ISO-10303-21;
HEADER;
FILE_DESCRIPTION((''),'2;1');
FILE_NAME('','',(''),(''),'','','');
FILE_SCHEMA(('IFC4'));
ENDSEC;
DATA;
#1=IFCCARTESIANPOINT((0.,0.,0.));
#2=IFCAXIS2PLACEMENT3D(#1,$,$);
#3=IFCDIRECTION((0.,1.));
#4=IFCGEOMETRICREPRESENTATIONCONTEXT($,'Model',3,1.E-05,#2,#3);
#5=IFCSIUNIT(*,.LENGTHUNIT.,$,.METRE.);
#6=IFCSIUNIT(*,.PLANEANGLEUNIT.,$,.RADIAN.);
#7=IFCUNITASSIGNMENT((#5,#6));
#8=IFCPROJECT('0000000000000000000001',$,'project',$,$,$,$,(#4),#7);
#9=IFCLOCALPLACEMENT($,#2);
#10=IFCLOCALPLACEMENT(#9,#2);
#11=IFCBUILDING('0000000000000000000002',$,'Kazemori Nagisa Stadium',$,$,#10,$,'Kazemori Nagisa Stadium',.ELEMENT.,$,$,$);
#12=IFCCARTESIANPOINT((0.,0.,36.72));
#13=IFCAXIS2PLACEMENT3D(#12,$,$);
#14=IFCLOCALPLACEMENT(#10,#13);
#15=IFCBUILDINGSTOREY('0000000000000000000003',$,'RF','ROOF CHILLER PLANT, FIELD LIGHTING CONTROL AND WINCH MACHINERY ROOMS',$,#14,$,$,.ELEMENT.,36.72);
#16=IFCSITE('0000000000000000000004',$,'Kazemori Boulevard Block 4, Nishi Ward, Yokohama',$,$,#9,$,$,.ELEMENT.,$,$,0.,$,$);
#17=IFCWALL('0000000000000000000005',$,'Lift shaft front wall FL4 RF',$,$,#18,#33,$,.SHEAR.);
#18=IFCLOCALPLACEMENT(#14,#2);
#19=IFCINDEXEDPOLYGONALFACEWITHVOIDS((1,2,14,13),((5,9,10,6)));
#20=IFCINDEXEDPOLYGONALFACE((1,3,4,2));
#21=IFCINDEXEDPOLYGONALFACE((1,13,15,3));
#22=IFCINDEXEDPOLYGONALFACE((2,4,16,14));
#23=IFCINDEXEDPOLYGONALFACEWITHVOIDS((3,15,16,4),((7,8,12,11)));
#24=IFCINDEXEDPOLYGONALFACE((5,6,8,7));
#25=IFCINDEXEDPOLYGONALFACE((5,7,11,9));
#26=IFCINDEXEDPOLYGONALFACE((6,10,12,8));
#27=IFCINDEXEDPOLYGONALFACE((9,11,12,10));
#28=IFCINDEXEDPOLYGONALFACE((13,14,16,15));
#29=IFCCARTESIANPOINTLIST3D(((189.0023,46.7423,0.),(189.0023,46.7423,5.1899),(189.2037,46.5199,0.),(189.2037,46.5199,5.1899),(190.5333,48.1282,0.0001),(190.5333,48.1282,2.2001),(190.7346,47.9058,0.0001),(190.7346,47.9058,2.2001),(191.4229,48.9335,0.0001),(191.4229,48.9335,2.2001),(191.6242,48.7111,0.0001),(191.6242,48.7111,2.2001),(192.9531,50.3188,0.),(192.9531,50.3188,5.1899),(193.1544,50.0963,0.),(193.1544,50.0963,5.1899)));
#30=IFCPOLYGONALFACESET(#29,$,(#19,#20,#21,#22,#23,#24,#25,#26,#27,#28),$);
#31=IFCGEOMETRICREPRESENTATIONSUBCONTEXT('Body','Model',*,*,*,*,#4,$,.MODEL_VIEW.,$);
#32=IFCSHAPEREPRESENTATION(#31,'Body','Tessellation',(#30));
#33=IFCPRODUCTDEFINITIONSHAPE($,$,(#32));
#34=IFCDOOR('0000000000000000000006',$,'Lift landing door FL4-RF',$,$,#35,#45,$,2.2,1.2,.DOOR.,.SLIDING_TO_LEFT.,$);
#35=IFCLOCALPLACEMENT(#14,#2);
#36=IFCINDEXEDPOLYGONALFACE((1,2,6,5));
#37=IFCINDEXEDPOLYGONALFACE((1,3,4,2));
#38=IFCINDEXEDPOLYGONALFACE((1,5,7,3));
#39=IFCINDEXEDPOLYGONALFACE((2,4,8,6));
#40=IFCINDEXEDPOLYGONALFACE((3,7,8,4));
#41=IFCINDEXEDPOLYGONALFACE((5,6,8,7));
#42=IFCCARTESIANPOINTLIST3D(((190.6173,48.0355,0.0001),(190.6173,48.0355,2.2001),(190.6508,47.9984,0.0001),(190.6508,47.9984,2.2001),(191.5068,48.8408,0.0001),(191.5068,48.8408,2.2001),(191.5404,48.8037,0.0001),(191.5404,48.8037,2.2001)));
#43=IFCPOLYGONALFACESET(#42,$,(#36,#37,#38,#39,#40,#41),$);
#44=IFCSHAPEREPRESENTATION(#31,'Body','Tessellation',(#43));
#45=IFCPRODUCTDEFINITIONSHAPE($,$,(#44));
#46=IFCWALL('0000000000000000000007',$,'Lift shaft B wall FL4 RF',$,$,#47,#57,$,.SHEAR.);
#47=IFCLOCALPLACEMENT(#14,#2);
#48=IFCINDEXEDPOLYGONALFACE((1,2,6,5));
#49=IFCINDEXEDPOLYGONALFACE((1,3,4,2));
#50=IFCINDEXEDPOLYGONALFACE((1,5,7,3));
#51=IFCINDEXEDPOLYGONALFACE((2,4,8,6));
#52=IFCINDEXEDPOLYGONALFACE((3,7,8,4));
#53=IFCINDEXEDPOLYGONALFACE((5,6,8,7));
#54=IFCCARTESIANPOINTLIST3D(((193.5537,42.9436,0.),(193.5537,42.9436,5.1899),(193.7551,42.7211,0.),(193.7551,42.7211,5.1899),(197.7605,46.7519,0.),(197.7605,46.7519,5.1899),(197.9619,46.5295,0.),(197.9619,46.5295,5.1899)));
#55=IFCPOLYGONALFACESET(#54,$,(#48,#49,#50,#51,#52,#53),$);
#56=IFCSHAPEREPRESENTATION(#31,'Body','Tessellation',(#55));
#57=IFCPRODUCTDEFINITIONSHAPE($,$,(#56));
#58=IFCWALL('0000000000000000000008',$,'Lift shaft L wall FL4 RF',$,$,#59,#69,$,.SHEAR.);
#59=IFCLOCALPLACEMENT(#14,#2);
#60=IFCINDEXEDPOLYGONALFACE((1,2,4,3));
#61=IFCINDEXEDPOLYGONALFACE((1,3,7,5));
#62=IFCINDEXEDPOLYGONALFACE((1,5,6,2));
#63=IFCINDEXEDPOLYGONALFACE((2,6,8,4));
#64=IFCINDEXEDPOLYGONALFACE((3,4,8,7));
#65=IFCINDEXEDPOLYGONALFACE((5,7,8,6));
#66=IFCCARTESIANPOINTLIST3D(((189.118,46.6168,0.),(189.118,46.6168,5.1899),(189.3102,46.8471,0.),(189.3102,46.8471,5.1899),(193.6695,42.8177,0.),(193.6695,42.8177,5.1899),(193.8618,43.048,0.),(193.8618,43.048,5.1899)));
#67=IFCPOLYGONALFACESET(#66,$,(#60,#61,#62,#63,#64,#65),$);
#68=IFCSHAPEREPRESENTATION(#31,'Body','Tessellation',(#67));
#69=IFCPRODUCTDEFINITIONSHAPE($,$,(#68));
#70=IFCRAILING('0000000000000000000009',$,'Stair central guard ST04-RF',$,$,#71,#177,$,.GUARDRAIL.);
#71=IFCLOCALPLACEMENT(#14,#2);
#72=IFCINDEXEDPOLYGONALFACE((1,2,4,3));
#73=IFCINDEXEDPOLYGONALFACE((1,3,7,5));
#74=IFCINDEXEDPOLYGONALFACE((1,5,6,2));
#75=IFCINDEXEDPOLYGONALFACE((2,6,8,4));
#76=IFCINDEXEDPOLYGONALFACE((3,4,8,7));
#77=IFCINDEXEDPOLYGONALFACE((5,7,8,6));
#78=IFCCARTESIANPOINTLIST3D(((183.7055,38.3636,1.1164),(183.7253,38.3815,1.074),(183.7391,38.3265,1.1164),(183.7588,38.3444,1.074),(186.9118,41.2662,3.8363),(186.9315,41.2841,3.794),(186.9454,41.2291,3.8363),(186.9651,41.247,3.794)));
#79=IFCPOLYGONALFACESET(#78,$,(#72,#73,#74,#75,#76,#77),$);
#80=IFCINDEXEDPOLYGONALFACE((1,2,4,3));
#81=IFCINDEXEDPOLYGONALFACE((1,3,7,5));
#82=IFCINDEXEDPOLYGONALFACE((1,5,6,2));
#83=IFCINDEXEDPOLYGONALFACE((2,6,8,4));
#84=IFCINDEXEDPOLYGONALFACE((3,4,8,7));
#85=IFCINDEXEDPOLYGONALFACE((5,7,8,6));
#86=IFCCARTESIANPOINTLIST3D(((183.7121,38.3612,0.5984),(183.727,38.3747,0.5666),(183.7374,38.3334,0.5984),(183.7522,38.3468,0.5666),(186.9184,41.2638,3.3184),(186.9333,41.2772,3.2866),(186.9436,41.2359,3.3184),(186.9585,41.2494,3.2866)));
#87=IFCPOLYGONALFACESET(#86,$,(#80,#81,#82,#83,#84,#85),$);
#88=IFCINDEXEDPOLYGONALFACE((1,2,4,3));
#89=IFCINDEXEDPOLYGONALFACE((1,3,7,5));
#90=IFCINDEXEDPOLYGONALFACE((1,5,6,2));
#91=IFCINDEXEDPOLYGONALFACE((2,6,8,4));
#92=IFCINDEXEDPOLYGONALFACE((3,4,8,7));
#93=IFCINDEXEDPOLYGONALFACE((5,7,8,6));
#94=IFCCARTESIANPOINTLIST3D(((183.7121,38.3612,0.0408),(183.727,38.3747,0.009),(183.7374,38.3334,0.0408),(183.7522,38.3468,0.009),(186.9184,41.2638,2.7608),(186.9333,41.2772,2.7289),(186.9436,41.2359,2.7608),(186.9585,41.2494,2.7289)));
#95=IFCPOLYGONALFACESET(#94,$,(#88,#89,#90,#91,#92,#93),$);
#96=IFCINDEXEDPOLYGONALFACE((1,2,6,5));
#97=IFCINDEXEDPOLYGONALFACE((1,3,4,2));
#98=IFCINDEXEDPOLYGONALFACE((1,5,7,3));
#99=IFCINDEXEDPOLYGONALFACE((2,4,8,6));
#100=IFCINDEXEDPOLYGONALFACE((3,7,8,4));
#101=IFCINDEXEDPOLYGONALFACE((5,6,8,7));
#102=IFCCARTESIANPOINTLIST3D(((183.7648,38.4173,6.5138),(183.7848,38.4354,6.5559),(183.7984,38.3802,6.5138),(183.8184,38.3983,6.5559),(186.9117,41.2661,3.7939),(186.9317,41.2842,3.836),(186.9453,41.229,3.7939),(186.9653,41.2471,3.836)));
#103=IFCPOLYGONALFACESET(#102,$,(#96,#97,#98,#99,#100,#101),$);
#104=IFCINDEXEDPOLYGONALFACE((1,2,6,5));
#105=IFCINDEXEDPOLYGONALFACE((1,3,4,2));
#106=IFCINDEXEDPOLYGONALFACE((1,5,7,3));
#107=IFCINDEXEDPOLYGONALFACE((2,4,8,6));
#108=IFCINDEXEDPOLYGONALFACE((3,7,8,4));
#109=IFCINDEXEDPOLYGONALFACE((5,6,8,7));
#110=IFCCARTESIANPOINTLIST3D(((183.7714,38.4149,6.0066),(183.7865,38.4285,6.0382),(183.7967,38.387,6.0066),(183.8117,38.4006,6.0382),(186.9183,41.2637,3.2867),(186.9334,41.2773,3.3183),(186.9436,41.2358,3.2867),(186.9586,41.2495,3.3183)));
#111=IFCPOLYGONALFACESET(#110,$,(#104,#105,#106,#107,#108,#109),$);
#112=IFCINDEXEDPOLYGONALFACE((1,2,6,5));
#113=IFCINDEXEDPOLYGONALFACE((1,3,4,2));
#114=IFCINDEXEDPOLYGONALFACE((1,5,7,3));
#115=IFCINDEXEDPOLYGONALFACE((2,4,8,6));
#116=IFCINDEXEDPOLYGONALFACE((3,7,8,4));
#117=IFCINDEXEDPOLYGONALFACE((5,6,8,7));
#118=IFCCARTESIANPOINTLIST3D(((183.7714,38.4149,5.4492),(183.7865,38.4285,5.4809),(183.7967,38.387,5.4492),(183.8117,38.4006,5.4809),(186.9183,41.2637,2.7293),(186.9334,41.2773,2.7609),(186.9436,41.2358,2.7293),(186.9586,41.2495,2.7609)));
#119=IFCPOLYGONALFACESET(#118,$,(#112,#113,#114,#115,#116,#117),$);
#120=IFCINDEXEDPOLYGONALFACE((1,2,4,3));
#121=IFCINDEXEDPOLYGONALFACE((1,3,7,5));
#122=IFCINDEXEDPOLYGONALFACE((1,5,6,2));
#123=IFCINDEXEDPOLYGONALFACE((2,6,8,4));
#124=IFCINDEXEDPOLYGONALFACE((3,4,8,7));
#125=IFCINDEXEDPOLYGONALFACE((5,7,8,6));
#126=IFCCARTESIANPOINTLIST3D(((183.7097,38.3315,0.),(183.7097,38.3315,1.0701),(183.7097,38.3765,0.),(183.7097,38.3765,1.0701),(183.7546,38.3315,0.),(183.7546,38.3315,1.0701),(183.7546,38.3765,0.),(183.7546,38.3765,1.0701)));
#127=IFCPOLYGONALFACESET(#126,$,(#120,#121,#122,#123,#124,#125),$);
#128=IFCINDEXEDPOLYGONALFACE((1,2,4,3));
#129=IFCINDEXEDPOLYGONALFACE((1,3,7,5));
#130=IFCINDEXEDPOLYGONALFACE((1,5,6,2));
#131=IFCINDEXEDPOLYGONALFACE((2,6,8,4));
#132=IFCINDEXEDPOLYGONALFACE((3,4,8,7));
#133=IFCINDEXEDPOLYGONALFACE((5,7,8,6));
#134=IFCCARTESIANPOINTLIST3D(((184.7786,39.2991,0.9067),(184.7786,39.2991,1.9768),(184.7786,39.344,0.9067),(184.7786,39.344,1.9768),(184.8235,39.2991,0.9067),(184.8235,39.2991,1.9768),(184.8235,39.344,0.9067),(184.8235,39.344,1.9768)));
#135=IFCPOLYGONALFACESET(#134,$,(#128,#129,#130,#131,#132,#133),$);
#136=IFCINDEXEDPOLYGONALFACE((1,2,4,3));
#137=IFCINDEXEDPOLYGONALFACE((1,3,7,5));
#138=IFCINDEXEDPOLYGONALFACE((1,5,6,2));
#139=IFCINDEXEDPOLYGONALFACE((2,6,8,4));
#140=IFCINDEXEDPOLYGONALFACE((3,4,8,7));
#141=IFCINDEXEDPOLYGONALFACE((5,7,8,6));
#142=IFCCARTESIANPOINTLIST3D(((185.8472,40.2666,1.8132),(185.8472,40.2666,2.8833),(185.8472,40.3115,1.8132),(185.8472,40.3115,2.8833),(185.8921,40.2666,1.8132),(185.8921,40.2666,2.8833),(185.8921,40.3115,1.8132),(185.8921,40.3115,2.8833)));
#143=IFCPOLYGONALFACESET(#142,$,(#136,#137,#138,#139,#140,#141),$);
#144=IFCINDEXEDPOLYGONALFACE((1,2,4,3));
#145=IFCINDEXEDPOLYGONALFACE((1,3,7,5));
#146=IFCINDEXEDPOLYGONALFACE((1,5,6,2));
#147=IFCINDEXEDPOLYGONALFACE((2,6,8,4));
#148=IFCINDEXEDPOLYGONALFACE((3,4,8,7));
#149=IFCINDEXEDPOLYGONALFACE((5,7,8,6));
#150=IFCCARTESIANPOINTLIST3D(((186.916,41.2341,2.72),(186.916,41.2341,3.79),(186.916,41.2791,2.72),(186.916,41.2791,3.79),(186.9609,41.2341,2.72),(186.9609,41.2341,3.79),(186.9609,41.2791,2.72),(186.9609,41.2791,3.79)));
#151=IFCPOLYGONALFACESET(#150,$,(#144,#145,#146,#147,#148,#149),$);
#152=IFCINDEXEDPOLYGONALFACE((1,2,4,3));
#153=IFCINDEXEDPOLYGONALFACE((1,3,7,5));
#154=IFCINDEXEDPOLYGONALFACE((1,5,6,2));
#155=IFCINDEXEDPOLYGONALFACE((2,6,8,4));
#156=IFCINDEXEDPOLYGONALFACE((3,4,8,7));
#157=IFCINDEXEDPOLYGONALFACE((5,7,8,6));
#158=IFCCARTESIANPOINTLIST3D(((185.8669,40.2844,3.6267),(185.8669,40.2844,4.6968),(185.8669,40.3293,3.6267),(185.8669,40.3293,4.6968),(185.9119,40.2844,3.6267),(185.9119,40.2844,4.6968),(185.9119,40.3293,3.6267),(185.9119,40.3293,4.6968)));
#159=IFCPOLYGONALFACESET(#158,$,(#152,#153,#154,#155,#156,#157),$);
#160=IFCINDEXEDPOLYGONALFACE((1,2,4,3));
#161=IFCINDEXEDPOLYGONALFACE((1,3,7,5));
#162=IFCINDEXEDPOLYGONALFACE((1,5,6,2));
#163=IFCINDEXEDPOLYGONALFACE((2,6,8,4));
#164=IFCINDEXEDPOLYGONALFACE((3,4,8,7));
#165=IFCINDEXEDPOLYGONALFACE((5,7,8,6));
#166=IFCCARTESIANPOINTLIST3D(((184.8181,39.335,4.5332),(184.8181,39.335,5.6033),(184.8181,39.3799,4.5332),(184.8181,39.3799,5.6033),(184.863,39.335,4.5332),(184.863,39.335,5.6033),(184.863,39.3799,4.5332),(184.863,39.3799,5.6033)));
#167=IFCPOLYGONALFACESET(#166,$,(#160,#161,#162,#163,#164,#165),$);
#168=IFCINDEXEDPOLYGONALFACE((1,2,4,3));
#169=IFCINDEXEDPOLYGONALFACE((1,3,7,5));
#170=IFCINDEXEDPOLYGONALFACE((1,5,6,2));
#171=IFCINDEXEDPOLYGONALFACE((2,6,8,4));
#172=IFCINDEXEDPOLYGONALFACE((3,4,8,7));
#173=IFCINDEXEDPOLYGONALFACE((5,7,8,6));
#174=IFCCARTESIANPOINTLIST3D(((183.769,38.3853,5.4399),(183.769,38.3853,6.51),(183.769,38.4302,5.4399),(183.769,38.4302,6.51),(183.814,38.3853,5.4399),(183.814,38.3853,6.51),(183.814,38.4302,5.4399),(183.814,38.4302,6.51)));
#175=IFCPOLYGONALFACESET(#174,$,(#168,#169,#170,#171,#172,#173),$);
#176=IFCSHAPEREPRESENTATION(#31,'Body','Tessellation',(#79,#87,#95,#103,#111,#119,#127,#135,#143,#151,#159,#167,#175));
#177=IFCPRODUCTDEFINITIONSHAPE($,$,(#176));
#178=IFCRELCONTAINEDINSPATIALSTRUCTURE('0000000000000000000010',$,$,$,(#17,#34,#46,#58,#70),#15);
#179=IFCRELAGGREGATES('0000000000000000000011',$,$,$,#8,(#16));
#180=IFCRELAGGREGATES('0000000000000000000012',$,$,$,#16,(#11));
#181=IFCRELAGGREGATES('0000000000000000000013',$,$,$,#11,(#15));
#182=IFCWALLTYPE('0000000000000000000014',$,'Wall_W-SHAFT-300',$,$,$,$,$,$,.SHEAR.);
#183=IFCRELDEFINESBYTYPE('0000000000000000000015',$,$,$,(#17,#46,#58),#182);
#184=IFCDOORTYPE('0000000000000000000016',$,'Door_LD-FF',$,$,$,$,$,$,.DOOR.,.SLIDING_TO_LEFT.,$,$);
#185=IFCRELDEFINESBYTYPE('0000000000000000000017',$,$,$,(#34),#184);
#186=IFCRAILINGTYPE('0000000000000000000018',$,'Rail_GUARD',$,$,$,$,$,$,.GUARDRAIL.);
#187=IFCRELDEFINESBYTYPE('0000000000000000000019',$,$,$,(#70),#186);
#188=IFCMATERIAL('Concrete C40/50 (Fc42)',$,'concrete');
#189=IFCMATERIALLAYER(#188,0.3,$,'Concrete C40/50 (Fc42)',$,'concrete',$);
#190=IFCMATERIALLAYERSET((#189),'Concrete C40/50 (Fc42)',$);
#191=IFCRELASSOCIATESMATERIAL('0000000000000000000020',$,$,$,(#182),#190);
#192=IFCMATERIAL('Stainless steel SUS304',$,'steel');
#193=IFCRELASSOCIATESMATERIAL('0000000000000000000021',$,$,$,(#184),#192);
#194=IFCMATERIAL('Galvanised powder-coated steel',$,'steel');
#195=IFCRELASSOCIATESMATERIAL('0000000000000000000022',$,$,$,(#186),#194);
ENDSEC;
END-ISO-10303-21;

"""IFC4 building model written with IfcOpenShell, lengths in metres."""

from ifc_helpers import new_model, si_unit, direction, frame, frame_2d, origin, origin_2d, place, context, subcontext, project, spatial, rectangle, extrude, material, layer, layer_set, type_object, element, fill, save


model = new_model("IFC4")

# Units and contexts
model_context = context("Model", 3, precision=1e-05, world=origin(), true_north=direction((0.0, 1.0)))
body_context = subcontext(model_context, "Body", "Model", "MODEL_VIEW")
ifc_project = project(units=[si_unit("LENGTHUNIT", "METRE"), si_unit("PLANEANGLEUNIT", "RADIAN")], contexts=[model_context])

# Site, building, storey
site_placement = place(None, origin())
site = spatial("IfcSite", under=ifc_project, at=site_placement, Name="Kazemori Boulevard Block 4, Nishi Ward, Yokohama", CompositionType="ELEMENT", RefElevation=0.0)
building_placement = place(site_placement, origin())
building = spatial("IfcBuilding", under=site, at=building_placement, Name="Kazemori Nagisa Stadium", LongName="Kazemori Nagisa Stadium", CompositionType="ELEMENT")
storey_placement = place(building_placement, frame((0.0, 0.0, 36.72)))
storey = spatial("IfcBuildingStorey", under=building, at=storey_placement, Name="RF", Description="ROOF CHILLER PLANT, FIELD LIGHTING CONTROL AND WINCH MACHINERY ROOMS", CompositionType="ELEMENT", Elevation=36.72)

# Shared definitions
ifc_material_1 = material(Name="Concrete C40/50 (Fc42)", Category="concrete")

# Wall, opening, door
ifc_layer_1 = layer(ifc_material_1, 0.3, Name="Concrete C40/50 (Fc42)", Category="concrete")
ifc_layer_set_1 = layer_set([ifc_layer_1], Name="Concrete C40/50 (Fc42)")
wall_type_1 = type_object("IfcWallType", Name="Wall_W-SHAFT-300", PredefinedType="SHEAR", material=ifc_layer_set_1)
wall_1_placement = place(storey_placement, frame((189.103, 46.6311, 0.0), z_axis=(0.0, 0.0, 1.0), x_axis=(0.74135, 0.671118, 0.0)))
wall_1 = element("IfcWall", 1, at=wall_1_placement, inside=storey, type_object=wall_type_1, Name="Lift shaft front wall FL4 RF", PredefinedType="SHEAR", context=body_context, shape_type="SweptSolid", body=[
    extrude(rectangle(XDim=5.3291, YDim=0.3, at=frame_2d((2.6646, 0.0))), origin(), (0.0, 0.0, 1.0), 5.1899),
])
opening_1_placement = place(wall_1_placement, frame((2.0649, 0.0, 0.0)))
opening_1 = element("IfcOpeningElement", 2, at=opening_1_placement, cuts=wall_1, PredefinedType="OPENING", context=body_context, shape_type="SweptSolid", body=[
    extrude(rectangle(XDim=1.2, YDim=2.2, at=frame_2d((0.6001, 1.1001))), frame((0.0, 0.1599, 0.0), z_axis=(0.0, -1.0, 0.0), x_axis=(1.0, 0.0, 0.0)), (0.0, 0.0, 1.0), 0.3201),
])
ifc_material_2 = material(Name="Stainless steel SUS304", Category="steel")
door_type = type_object("IfcDoorType", Name="Door_LD-FF", OperationType="SLIDING_TO_LEFT", PredefinedType="DOOR", material=ifc_material_2)
door_placement = place(opening_1_placement, origin())
door = element("IfcDoor", 3, at=door_placement, inside=storey, type_object=door_type, Name="Lift landing door FL4-RF", OperationType="SLIDING_TO_LEFT", OverallHeight=2.2, OverallWidth=1.2, PredefinedType="DOOR", context=body_context, shape_type="SweptSolid", body=[
    extrude(rectangle(XDim=1.2, YDim=2.2, at=frame_2d((0.6001, 1.1001))), frame((0.0, 0.0249, 0.0), z_axis=(0.0, -1.0, 0.0), x_axis=(1.0, 0.0, 0.0)), (0.0, 0.0, 1.0), 0.05),
])
fill(opening_1, door)

# Walls
wall_2_placement = place(storey_placement, frame((193.6543, 42.8323, 0.0), z_axis=(0.0, 0.0, 1.0), x_axis=(0.741342, 0.671127, 0.0)))
element("IfcWall", 4, at=wall_2_placement, inside=storey, type_object=wall_type_1, Name="Lift shaft B wall FL4 RF", PredefinedType="SHEAR", context=body_context, shape_type="SweptSolid", body=[
    extrude(rectangle(XDim=5.6746, YDim=0.3, at=frame_2d((2.8374, 0.0))), origin(), (0.0, 0.0, 1.0), 5.1899),
])
wall_3_placement = place(storey_placement, frame((189.2141, 46.7319, 0.0), z_axis=(0.0, 0.0, 1.0), x_axis=(0.767711, -0.640796, 0.0)))
element("IfcWall", 5, at=wall_3_placement, inside=storey, type_object=wall_type_1, Name="Lift shaft L wall FL4 RF", PredefinedType="SHEAR", context=body_context, shape_type="SweptSolid", body=[
    extrude(rectangle(XDim=5.9287, YDim=0.3, at=frame_2d((2.9644, 0.0))), origin(), (0.0, 0.0, 1.0), 5.1899),
])

# Railing
ifc_material_3 = material(Name="Galvanised powder-coated steel", Category="steel")
railing_type_1 = type_object("IfcRailingType", Name="Rail_GUARD", PredefinedType="GUARDRAIL", material=ifc_material_3)
railing_1_placement = place(storey_placement, frame((183.7322, 38.354, 0.0)))
element("IfcRailing", 6, at=railing_1_placement, inside=storey, type_object=railing_type_1, Name="Stair central guard ST04-RF", PredefinedType="GUARDRAIL", context=body_context, shape_type="SweptSolid", body=[
    extrude(rectangle(XDim=0.05, YDim=0.05, at=origin_2d()), frame((0.0, 0.0, 1.0952), z_axis=(0.627558, 0.568113, 0.53237), x_axis=(-0.671123, 0.741346, 0.0)), (0.0, 0.0, 1.0), 5.1091),
    extrude(rectangle(XDim=0.0376, YDim=0.0376, at=origin_2d()), frame((0.0, 0.0, 0.5825), z_axis=(0.627558, 0.568113, 0.53237), x_axis=(-0.671123, 0.741346, 0.0)), (0.0, 0.0, 1.0), 5.1091),
    extrude(rectangle(XDim=0.0376, YDim=0.0376, at=origin_2d()), frame((0.0, 0.0, 0.0249), z_axis=(0.627558, 0.568113, 0.53237), x_axis=(-0.671123, 0.741346, 0.0)), (0.0, 0.0, 1.0), 5.1091),
    extrude(rectangle(XDim=0.05, YDim=0.05, at=origin_2d()), frame((3.2063, 2.9026, 3.8149), z_axis=(-0.624201, -0.565073, 0.539505), x_axis=(0.671123, -0.741346, 0.0)), (0.0, 0.0, 1.0), 5.0415),
    extrude(rectangle(XDim=0.0376, YDim=0.0376, at=origin_2d()), frame((3.2063, 2.9026, 3.3025), z_axis=(-0.624201, -0.565073, 0.539505), x_axis=(0.671123, -0.741346, 0.0)), (0.0, 0.0, 1.0), 5.0415),
    extrude(rectangle(XDim=0.0376, YDim=0.0376, at=origin_2d()), frame((3.2063, 2.9026, 2.7451), z_axis=(-0.624201, -0.565073, 0.539505), x_axis=(0.671123, -0.741346, 0.0)), (0.0, 0.0, 1.0), 5.0415),
    extrude(rectangle(XDim=0.0449, YDim=0.0449, at=origin_2d()), origin(), (0.0, 0.0, 1.0), 1.0701),
    extrude(rectangle(XDim=0.0449, YDim=0.0449, at=origin_2d()), frame((1.0688, 0.9675, 0.9067)), (0.0, 0.0, 1.0), 1.0701),
    extrude(rectangle(XDim=0.0449, YDim=0.0449, at=origin_2d()), frame((2.1375, 1.9351, 1.8132)), (0.0, 0.0, 1.0), 1.0701),
    extrude(rectangle(XDim=0.0449, YDim=0.0449, at=origin_2d()), frame((3.2063, 2.9026, 2.72)), (0.0, 0.0, 1.0), 1.0701),
    extrude(rectangle(XDim=0.0449, YDim=0.0449, at=origin_2d()), frame((2.1572, 1.9529, 3.6267)), (0.0, 0.0, 1.0), 1.0701),
    extrude(rectangle(XDim=0.0449, YDim=0.0449, at=origin_2d()), frame((1.1084, 1.0034, 4.5332)), (0.0, 0.0, 1.0), 1.0701),
    extrude(rectangle(XDim=0.0449, YDim=0.0449, at=origin_2d()), frame((0.0593, 0.0537, 5.4399)), (0.0, 0.0, 1.0), 1.0701),
])

save(model, "model.ifc")
